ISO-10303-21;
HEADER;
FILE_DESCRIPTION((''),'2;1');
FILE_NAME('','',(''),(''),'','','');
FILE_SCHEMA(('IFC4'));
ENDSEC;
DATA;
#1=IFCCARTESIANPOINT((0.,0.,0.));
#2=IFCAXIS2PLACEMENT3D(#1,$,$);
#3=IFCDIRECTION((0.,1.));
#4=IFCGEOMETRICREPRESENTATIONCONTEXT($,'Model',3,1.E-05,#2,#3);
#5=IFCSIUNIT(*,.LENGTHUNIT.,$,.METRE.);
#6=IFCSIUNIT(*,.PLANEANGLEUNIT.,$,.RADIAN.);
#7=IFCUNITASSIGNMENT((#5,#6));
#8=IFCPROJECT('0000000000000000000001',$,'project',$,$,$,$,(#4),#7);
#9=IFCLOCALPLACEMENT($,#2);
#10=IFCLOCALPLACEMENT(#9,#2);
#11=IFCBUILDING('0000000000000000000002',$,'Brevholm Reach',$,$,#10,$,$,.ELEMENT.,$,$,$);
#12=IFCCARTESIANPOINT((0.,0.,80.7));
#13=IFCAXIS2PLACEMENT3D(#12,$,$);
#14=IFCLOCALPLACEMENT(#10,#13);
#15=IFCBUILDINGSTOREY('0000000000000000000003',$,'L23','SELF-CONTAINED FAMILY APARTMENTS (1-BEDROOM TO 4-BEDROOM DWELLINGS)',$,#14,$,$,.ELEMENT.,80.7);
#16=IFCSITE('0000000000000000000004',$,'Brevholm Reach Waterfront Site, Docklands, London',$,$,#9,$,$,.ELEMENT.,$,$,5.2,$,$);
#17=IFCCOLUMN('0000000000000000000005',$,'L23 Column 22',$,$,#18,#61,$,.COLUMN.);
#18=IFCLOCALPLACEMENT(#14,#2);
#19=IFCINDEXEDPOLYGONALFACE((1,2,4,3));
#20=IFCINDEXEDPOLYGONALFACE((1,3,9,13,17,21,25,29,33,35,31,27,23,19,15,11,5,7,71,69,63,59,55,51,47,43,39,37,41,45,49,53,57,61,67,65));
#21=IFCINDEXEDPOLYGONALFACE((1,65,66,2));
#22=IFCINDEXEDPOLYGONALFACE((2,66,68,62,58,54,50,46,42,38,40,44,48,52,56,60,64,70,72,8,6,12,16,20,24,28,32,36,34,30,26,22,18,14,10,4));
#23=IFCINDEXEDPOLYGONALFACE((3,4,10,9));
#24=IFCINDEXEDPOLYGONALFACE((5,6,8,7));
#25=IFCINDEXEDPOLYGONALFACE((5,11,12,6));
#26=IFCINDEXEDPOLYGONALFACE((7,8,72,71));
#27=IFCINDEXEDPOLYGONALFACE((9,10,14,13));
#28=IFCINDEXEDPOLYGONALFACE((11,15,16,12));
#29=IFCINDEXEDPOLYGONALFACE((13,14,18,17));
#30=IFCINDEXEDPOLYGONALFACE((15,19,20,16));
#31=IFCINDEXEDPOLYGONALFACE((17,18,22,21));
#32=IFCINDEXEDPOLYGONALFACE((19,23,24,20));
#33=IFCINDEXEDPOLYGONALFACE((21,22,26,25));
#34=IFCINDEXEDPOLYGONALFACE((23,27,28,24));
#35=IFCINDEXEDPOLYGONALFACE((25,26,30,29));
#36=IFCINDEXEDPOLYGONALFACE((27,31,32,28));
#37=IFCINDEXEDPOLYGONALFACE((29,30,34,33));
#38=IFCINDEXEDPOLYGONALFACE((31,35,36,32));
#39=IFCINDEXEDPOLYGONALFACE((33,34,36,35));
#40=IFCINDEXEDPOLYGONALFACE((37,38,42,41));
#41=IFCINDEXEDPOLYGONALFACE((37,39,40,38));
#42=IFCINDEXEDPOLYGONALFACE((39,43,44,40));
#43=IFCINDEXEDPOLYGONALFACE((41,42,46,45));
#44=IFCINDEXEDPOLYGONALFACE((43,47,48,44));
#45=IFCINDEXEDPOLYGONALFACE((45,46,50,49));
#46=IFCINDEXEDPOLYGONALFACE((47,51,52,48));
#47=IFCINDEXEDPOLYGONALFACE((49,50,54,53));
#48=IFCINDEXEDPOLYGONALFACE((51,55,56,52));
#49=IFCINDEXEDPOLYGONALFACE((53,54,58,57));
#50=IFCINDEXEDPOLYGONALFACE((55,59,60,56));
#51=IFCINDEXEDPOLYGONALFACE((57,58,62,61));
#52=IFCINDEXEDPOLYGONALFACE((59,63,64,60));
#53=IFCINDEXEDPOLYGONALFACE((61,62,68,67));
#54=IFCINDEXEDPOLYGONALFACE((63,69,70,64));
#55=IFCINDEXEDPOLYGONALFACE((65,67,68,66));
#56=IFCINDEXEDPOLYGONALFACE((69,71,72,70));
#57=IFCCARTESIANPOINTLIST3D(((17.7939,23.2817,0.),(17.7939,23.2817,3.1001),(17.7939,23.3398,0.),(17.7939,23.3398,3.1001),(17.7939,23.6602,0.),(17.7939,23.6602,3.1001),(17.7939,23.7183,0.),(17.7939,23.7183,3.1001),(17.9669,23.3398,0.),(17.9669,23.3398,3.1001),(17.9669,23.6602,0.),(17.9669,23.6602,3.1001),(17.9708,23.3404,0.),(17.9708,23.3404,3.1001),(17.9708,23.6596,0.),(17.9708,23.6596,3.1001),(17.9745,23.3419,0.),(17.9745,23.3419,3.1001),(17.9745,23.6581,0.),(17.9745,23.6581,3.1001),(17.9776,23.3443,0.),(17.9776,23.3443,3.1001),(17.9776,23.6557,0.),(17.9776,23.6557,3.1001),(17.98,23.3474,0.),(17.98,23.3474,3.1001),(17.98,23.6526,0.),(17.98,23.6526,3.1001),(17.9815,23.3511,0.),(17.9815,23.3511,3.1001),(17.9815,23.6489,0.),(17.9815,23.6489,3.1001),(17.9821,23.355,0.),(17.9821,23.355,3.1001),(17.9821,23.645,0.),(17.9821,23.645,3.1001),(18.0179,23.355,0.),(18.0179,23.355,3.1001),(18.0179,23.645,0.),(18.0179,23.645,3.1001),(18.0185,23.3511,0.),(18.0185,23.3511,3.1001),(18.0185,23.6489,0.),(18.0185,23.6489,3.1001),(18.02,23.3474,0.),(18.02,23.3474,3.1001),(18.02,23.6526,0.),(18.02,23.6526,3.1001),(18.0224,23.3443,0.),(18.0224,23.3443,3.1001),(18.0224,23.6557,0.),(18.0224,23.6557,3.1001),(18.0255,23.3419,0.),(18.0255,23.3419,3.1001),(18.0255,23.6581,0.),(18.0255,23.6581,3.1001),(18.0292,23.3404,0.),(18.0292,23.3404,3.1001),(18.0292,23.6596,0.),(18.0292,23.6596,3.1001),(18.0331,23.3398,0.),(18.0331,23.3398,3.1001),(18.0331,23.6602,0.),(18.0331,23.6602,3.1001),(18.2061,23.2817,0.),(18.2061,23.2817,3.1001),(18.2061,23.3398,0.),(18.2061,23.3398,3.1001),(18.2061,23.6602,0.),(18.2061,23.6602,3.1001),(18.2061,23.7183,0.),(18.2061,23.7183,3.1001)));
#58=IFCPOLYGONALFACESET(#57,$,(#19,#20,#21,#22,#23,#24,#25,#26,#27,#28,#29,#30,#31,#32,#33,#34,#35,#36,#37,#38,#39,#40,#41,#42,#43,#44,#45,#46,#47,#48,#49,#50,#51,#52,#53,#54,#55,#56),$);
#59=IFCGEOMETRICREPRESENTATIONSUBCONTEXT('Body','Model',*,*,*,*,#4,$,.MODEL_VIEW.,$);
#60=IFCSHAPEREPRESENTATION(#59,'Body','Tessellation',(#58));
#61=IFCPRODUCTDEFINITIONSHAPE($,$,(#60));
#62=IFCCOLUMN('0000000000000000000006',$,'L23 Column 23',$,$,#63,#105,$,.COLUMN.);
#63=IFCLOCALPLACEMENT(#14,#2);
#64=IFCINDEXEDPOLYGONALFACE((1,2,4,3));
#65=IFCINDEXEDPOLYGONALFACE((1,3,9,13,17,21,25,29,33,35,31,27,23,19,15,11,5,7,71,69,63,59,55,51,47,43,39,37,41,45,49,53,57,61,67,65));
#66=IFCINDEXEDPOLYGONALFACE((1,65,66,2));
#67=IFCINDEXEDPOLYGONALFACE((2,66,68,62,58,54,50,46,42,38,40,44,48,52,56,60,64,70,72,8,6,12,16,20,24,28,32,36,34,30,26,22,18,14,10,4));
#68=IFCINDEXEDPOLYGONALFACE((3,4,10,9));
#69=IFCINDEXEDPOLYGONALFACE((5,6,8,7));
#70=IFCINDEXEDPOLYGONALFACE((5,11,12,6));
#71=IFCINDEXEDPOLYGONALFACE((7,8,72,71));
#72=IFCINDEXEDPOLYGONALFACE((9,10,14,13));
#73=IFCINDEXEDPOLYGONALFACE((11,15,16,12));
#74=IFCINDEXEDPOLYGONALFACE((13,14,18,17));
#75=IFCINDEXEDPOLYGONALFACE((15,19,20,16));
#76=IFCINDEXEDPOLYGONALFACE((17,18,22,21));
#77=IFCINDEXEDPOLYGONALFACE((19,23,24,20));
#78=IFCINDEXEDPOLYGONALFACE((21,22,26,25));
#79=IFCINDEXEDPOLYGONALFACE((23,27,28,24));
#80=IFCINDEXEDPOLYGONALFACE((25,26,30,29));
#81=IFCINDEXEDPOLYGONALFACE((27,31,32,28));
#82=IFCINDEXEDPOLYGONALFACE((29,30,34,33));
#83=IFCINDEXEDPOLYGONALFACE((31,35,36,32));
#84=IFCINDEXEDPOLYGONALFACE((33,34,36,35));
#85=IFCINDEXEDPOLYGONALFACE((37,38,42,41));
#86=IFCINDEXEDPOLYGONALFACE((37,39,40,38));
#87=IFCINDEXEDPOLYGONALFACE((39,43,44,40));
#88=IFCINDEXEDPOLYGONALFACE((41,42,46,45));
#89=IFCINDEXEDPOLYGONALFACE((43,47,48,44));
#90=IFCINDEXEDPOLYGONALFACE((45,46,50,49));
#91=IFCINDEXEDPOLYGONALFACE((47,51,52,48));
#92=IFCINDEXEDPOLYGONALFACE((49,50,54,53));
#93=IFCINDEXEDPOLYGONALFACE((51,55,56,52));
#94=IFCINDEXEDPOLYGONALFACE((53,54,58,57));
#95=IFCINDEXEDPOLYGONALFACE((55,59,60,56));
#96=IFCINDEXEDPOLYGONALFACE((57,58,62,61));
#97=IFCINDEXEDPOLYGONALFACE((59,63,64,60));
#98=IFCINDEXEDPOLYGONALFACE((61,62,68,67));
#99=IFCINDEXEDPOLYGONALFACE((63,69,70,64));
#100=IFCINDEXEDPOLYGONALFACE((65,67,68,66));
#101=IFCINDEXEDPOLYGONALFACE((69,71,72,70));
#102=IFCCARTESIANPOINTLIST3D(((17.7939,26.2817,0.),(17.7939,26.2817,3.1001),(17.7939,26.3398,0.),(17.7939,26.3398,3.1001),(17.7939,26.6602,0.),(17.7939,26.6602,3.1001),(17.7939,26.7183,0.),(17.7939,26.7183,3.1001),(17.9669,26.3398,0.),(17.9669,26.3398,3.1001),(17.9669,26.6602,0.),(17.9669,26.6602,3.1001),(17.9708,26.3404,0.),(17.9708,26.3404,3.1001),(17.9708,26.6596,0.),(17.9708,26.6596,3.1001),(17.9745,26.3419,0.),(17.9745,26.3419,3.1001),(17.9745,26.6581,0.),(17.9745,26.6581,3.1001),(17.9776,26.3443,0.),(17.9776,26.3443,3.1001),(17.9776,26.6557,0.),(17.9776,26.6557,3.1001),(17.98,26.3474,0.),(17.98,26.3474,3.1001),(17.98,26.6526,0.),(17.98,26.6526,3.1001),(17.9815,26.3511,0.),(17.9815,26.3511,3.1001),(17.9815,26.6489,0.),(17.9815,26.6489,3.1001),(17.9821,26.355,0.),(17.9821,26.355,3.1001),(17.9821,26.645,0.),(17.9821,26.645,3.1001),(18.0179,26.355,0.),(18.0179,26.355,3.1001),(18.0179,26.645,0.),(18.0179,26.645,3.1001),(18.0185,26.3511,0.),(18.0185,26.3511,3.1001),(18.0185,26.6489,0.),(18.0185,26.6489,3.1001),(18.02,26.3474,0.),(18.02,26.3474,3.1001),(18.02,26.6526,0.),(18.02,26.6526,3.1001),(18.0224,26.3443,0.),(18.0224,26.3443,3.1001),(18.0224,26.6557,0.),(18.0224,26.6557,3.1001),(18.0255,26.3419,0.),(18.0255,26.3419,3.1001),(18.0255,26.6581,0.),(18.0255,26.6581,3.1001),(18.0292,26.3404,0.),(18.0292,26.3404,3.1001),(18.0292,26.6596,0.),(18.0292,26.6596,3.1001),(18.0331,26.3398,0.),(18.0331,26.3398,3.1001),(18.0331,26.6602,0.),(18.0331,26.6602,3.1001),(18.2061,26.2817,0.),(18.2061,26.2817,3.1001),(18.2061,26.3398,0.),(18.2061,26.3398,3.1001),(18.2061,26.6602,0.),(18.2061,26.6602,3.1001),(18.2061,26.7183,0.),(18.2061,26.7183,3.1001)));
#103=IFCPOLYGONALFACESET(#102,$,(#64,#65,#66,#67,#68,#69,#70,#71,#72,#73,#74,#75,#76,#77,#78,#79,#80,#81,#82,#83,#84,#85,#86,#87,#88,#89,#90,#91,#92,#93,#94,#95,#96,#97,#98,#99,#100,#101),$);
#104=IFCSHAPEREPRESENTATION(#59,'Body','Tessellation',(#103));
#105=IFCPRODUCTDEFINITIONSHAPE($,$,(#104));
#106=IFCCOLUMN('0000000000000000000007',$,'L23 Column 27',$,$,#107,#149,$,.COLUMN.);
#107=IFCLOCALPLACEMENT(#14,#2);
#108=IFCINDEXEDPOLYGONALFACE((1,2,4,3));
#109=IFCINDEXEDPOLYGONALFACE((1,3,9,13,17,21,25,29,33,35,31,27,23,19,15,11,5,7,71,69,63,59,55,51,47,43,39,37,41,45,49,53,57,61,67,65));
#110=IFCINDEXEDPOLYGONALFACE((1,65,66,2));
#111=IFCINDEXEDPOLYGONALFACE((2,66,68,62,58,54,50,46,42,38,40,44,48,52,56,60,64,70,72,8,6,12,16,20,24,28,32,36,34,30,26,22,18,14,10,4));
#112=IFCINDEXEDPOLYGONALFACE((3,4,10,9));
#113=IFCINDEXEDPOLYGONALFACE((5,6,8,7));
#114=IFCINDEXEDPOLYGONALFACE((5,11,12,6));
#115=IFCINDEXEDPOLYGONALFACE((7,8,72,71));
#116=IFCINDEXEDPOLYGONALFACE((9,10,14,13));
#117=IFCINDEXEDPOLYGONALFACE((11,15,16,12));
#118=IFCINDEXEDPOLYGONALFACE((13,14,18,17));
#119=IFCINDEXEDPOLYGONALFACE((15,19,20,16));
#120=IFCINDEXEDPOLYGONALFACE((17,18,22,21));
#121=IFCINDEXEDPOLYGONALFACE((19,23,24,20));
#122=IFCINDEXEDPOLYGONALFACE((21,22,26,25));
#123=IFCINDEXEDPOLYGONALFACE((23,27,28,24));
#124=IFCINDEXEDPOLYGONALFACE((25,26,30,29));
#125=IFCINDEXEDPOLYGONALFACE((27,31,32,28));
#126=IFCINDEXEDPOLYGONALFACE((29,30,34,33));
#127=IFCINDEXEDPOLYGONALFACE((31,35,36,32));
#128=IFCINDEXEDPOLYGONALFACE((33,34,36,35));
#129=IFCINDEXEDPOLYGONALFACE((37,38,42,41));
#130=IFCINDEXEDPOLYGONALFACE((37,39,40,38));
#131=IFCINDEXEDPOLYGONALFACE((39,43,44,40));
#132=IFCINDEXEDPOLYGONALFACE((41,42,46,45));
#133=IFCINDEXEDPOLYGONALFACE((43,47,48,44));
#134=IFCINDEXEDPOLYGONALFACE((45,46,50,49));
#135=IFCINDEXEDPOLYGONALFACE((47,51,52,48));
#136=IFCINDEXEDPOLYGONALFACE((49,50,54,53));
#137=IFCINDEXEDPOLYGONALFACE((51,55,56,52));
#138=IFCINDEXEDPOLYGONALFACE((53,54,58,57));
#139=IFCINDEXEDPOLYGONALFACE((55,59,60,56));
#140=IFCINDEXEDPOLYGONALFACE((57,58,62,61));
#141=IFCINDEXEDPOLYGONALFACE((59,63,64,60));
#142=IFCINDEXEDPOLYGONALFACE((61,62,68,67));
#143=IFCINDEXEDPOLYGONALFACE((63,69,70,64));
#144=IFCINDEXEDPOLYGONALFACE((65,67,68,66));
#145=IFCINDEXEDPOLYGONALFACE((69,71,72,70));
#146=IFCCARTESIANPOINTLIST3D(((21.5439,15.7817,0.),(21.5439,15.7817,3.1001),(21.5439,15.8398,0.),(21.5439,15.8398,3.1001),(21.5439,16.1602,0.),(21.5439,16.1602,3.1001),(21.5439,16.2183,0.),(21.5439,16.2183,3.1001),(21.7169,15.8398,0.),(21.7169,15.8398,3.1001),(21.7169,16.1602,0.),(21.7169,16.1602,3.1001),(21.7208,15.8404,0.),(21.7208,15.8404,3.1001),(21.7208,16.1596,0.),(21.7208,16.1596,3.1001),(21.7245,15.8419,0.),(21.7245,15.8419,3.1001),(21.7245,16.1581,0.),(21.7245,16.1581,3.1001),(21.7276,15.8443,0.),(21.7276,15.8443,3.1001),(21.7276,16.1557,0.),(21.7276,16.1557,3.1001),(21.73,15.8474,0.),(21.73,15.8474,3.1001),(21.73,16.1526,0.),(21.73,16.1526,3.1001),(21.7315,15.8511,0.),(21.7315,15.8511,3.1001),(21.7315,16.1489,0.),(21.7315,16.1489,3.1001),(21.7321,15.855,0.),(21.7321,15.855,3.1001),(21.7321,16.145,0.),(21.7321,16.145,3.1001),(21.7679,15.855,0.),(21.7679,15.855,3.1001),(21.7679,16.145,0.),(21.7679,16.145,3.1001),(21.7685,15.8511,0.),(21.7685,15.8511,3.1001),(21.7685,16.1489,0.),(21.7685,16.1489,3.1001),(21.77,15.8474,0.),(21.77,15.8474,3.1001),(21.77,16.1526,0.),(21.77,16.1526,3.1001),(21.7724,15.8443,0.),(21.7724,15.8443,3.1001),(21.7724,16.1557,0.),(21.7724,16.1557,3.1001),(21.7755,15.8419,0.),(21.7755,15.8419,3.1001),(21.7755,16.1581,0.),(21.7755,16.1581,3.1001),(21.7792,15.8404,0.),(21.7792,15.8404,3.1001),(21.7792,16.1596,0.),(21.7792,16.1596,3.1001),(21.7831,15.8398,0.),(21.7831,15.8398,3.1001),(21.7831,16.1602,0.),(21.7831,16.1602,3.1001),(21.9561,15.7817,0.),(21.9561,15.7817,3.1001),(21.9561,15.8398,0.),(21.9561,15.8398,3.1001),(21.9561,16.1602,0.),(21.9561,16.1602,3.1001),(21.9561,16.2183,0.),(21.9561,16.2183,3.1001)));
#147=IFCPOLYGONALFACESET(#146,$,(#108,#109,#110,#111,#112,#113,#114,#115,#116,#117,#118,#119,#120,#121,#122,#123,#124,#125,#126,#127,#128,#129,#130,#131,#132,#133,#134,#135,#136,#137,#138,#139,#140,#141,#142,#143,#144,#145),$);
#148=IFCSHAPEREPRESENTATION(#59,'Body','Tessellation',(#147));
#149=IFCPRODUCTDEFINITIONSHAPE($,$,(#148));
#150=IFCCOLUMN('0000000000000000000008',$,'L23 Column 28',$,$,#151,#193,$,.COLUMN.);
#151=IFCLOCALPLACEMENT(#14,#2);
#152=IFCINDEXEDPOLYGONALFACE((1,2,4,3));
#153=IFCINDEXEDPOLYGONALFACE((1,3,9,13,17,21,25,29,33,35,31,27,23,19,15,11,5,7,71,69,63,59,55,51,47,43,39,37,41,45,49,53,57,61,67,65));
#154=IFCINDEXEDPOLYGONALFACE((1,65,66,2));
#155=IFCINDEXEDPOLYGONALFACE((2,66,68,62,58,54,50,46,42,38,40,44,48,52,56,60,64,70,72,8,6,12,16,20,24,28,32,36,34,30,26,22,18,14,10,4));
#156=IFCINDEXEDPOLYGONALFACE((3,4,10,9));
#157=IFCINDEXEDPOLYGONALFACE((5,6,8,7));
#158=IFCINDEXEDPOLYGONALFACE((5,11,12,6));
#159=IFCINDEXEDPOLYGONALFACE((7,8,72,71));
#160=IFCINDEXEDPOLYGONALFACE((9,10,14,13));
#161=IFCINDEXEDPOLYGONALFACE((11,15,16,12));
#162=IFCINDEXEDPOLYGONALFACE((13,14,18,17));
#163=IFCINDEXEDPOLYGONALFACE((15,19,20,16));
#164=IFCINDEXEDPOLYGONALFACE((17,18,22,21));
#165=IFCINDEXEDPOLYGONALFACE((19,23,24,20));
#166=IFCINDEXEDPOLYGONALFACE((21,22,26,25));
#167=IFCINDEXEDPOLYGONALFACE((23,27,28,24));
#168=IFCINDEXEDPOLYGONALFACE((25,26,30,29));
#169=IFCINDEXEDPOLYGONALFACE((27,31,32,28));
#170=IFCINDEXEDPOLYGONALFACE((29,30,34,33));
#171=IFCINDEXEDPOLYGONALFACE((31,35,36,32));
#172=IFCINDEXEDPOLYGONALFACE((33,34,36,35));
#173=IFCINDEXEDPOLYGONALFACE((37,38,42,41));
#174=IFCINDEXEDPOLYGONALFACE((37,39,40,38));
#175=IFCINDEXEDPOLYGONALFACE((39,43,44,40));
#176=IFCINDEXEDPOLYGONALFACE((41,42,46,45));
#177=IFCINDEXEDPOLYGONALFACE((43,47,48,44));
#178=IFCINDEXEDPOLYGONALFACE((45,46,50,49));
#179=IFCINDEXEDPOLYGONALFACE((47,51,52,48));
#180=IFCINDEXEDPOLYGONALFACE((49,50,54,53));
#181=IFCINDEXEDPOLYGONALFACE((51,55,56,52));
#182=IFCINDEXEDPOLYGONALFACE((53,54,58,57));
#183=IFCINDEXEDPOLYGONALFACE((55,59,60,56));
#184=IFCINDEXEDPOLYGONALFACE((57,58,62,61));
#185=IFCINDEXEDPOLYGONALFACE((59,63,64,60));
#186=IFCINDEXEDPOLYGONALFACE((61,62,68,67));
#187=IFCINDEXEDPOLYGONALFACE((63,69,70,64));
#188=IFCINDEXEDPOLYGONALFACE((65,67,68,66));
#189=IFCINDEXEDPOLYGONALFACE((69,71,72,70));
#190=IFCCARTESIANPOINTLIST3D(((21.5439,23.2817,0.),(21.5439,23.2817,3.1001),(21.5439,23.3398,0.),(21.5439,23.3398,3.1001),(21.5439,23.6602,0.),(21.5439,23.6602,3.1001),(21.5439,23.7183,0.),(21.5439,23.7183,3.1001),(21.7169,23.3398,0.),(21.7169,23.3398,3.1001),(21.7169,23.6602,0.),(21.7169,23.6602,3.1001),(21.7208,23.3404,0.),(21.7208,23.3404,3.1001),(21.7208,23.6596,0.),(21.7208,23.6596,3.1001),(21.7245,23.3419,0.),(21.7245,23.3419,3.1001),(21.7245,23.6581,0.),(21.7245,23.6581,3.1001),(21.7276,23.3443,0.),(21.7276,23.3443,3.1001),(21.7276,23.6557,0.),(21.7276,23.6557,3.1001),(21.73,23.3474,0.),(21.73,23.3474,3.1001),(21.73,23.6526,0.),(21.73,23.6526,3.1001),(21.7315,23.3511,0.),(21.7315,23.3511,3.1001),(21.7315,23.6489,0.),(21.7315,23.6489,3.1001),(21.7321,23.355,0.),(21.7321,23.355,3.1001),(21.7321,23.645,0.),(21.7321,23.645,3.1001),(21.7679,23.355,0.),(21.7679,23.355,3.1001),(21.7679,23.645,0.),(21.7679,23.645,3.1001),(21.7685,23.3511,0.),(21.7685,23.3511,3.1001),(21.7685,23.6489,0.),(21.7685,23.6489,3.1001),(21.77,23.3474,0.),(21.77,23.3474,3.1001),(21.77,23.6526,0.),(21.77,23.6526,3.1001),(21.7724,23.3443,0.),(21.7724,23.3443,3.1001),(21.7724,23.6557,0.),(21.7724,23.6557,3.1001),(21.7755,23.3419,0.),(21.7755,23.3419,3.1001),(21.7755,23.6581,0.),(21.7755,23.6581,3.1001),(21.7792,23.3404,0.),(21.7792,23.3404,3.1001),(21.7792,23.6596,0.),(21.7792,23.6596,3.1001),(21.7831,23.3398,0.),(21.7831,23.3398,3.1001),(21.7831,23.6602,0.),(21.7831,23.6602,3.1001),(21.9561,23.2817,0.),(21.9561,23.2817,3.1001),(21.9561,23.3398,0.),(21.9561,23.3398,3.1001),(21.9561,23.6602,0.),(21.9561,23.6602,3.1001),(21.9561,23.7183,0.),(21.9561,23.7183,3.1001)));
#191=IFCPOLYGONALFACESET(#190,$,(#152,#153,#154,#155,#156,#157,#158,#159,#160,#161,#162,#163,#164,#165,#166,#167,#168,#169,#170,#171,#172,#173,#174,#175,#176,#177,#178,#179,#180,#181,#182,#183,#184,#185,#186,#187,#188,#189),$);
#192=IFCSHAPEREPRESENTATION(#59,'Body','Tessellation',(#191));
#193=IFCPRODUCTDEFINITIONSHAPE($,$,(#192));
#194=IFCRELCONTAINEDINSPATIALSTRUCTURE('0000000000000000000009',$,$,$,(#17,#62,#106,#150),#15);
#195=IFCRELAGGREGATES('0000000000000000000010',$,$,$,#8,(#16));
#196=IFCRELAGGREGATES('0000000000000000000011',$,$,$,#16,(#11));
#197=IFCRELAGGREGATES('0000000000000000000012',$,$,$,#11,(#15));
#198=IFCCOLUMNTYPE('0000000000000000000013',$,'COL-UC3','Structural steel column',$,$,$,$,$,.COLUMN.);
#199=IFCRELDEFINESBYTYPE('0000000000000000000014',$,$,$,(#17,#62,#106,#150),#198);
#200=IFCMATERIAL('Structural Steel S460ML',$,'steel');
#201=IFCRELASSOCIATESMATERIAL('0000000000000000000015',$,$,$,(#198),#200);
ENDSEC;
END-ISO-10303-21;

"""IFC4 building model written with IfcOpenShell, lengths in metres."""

from ifc_helpers import new_model, si_unit, direction, frame, origin, origin_2d, place, context, subcontext, project, spatial, i_section, extrude, material, material_profile, profile_set, type_object, element, save


model = new_model("IFC4")

# Units and contexts
model_context = context("Model", 3, precision=1e-05, world=origin(), true_north=direction((0.0, 1.0)))
body_context = subcontext(model_context, "Body", "Model", "MODEL_VIEW")
ifc_project = project(units=[si_unit("LENGTHUNIT", "METRE"), si_unit("PLANEANGLEUNIT", "RADIAN")], contexts=[model_context])

# Site, building, storey
site_placement = place(None, origin())
site = spatial("IfcSite", under=ifc_project, at=site_placement, Name="Brevholm Reach Waterfront Site, Docklands, London", CompositionType="ELEMENT", RefElevation=5.2)
building_placement = place(site_placement, origin())
building = spatial("IfcBuilding", under=site, at=building_placement, Name="Brevholm Reach", CompositionType="ELEMENT")
storey_placement = place(building_placement, frame((0.0, 0.0, 80.7)))
storey = spatial("IfcBuildingStorey", under=building, at=storey_placement, Name="L23", Description="SELF-CONTAINED FAMILY APARTMENTS (1-BEDROOM TO 4-BEDROOM DWELLINGS)", CompositionType="ELEMENT", Elevation=80.7)

# Columns
ifc_material_1 = material(Name="Structural Steel S460ML", Category="steel")
ifc_material_profile_1 = material_profile(ifc_material_1, i_section(OverallWidth=0.4121, OverallDepth=0.4365, WebThickness=0.0359, FlangeThickness=0.0581, FilletRadius=0.0151, at=origin_2d()), Name="UKC 356x406x467")
ifc_profile_set_1 = profile_set([ifc_material_profile_1], Name="Structural Steel S460ML")
column_type_1 = type_object("IfcColumnType", Name="COL-UC3", Description="Structural steel column", PredefinedType="COLUMN", material=ifc_profile_set_1)
for number, where, z_axis, x_axis, name in (
    (1, (18.0, 23.5, 0.0), (0.0, 0.0, 1.0), (1.0, 0.0, 0.0), "L23 Column 22"),
    (2, (18.0, 26.5, 0.0), (0.0, 0.0, 1.0), (1.0, 0.0, 0.0), "L23 Column 23"),
    (3, (21.75, 16.0, 0.0), (0.0, 0.0, 1.0), (1.0, 0.0, 0.0), "L23 Column 27"),
    (4, (21.75, 23.5, 0.0), (0.0, 0.0, 1.0), (1.0, 0.0, 0.0), "L23 Column 28"),
):
    element("IfcColumn", number, at=place(storey_placement, frame(where, z_axis=z_axis, x_axis=x_axis)), inside=storey, type_object=column_type_1, Name=name, PredefinedType="COLUMN", context=body_context, shape_type="SweptSolid", body=[
        extrude(i_section(OverallWidth=0.4121, OverallDepth=0.4365, WebThickness=0.0359, FlangeThickness=0.0581, FilletRadius=0.0151, at=origin_2d()), origin(), (0.0, 0.0, 1.0), 3.1001),
    ])

save(model, "model.ifc")
